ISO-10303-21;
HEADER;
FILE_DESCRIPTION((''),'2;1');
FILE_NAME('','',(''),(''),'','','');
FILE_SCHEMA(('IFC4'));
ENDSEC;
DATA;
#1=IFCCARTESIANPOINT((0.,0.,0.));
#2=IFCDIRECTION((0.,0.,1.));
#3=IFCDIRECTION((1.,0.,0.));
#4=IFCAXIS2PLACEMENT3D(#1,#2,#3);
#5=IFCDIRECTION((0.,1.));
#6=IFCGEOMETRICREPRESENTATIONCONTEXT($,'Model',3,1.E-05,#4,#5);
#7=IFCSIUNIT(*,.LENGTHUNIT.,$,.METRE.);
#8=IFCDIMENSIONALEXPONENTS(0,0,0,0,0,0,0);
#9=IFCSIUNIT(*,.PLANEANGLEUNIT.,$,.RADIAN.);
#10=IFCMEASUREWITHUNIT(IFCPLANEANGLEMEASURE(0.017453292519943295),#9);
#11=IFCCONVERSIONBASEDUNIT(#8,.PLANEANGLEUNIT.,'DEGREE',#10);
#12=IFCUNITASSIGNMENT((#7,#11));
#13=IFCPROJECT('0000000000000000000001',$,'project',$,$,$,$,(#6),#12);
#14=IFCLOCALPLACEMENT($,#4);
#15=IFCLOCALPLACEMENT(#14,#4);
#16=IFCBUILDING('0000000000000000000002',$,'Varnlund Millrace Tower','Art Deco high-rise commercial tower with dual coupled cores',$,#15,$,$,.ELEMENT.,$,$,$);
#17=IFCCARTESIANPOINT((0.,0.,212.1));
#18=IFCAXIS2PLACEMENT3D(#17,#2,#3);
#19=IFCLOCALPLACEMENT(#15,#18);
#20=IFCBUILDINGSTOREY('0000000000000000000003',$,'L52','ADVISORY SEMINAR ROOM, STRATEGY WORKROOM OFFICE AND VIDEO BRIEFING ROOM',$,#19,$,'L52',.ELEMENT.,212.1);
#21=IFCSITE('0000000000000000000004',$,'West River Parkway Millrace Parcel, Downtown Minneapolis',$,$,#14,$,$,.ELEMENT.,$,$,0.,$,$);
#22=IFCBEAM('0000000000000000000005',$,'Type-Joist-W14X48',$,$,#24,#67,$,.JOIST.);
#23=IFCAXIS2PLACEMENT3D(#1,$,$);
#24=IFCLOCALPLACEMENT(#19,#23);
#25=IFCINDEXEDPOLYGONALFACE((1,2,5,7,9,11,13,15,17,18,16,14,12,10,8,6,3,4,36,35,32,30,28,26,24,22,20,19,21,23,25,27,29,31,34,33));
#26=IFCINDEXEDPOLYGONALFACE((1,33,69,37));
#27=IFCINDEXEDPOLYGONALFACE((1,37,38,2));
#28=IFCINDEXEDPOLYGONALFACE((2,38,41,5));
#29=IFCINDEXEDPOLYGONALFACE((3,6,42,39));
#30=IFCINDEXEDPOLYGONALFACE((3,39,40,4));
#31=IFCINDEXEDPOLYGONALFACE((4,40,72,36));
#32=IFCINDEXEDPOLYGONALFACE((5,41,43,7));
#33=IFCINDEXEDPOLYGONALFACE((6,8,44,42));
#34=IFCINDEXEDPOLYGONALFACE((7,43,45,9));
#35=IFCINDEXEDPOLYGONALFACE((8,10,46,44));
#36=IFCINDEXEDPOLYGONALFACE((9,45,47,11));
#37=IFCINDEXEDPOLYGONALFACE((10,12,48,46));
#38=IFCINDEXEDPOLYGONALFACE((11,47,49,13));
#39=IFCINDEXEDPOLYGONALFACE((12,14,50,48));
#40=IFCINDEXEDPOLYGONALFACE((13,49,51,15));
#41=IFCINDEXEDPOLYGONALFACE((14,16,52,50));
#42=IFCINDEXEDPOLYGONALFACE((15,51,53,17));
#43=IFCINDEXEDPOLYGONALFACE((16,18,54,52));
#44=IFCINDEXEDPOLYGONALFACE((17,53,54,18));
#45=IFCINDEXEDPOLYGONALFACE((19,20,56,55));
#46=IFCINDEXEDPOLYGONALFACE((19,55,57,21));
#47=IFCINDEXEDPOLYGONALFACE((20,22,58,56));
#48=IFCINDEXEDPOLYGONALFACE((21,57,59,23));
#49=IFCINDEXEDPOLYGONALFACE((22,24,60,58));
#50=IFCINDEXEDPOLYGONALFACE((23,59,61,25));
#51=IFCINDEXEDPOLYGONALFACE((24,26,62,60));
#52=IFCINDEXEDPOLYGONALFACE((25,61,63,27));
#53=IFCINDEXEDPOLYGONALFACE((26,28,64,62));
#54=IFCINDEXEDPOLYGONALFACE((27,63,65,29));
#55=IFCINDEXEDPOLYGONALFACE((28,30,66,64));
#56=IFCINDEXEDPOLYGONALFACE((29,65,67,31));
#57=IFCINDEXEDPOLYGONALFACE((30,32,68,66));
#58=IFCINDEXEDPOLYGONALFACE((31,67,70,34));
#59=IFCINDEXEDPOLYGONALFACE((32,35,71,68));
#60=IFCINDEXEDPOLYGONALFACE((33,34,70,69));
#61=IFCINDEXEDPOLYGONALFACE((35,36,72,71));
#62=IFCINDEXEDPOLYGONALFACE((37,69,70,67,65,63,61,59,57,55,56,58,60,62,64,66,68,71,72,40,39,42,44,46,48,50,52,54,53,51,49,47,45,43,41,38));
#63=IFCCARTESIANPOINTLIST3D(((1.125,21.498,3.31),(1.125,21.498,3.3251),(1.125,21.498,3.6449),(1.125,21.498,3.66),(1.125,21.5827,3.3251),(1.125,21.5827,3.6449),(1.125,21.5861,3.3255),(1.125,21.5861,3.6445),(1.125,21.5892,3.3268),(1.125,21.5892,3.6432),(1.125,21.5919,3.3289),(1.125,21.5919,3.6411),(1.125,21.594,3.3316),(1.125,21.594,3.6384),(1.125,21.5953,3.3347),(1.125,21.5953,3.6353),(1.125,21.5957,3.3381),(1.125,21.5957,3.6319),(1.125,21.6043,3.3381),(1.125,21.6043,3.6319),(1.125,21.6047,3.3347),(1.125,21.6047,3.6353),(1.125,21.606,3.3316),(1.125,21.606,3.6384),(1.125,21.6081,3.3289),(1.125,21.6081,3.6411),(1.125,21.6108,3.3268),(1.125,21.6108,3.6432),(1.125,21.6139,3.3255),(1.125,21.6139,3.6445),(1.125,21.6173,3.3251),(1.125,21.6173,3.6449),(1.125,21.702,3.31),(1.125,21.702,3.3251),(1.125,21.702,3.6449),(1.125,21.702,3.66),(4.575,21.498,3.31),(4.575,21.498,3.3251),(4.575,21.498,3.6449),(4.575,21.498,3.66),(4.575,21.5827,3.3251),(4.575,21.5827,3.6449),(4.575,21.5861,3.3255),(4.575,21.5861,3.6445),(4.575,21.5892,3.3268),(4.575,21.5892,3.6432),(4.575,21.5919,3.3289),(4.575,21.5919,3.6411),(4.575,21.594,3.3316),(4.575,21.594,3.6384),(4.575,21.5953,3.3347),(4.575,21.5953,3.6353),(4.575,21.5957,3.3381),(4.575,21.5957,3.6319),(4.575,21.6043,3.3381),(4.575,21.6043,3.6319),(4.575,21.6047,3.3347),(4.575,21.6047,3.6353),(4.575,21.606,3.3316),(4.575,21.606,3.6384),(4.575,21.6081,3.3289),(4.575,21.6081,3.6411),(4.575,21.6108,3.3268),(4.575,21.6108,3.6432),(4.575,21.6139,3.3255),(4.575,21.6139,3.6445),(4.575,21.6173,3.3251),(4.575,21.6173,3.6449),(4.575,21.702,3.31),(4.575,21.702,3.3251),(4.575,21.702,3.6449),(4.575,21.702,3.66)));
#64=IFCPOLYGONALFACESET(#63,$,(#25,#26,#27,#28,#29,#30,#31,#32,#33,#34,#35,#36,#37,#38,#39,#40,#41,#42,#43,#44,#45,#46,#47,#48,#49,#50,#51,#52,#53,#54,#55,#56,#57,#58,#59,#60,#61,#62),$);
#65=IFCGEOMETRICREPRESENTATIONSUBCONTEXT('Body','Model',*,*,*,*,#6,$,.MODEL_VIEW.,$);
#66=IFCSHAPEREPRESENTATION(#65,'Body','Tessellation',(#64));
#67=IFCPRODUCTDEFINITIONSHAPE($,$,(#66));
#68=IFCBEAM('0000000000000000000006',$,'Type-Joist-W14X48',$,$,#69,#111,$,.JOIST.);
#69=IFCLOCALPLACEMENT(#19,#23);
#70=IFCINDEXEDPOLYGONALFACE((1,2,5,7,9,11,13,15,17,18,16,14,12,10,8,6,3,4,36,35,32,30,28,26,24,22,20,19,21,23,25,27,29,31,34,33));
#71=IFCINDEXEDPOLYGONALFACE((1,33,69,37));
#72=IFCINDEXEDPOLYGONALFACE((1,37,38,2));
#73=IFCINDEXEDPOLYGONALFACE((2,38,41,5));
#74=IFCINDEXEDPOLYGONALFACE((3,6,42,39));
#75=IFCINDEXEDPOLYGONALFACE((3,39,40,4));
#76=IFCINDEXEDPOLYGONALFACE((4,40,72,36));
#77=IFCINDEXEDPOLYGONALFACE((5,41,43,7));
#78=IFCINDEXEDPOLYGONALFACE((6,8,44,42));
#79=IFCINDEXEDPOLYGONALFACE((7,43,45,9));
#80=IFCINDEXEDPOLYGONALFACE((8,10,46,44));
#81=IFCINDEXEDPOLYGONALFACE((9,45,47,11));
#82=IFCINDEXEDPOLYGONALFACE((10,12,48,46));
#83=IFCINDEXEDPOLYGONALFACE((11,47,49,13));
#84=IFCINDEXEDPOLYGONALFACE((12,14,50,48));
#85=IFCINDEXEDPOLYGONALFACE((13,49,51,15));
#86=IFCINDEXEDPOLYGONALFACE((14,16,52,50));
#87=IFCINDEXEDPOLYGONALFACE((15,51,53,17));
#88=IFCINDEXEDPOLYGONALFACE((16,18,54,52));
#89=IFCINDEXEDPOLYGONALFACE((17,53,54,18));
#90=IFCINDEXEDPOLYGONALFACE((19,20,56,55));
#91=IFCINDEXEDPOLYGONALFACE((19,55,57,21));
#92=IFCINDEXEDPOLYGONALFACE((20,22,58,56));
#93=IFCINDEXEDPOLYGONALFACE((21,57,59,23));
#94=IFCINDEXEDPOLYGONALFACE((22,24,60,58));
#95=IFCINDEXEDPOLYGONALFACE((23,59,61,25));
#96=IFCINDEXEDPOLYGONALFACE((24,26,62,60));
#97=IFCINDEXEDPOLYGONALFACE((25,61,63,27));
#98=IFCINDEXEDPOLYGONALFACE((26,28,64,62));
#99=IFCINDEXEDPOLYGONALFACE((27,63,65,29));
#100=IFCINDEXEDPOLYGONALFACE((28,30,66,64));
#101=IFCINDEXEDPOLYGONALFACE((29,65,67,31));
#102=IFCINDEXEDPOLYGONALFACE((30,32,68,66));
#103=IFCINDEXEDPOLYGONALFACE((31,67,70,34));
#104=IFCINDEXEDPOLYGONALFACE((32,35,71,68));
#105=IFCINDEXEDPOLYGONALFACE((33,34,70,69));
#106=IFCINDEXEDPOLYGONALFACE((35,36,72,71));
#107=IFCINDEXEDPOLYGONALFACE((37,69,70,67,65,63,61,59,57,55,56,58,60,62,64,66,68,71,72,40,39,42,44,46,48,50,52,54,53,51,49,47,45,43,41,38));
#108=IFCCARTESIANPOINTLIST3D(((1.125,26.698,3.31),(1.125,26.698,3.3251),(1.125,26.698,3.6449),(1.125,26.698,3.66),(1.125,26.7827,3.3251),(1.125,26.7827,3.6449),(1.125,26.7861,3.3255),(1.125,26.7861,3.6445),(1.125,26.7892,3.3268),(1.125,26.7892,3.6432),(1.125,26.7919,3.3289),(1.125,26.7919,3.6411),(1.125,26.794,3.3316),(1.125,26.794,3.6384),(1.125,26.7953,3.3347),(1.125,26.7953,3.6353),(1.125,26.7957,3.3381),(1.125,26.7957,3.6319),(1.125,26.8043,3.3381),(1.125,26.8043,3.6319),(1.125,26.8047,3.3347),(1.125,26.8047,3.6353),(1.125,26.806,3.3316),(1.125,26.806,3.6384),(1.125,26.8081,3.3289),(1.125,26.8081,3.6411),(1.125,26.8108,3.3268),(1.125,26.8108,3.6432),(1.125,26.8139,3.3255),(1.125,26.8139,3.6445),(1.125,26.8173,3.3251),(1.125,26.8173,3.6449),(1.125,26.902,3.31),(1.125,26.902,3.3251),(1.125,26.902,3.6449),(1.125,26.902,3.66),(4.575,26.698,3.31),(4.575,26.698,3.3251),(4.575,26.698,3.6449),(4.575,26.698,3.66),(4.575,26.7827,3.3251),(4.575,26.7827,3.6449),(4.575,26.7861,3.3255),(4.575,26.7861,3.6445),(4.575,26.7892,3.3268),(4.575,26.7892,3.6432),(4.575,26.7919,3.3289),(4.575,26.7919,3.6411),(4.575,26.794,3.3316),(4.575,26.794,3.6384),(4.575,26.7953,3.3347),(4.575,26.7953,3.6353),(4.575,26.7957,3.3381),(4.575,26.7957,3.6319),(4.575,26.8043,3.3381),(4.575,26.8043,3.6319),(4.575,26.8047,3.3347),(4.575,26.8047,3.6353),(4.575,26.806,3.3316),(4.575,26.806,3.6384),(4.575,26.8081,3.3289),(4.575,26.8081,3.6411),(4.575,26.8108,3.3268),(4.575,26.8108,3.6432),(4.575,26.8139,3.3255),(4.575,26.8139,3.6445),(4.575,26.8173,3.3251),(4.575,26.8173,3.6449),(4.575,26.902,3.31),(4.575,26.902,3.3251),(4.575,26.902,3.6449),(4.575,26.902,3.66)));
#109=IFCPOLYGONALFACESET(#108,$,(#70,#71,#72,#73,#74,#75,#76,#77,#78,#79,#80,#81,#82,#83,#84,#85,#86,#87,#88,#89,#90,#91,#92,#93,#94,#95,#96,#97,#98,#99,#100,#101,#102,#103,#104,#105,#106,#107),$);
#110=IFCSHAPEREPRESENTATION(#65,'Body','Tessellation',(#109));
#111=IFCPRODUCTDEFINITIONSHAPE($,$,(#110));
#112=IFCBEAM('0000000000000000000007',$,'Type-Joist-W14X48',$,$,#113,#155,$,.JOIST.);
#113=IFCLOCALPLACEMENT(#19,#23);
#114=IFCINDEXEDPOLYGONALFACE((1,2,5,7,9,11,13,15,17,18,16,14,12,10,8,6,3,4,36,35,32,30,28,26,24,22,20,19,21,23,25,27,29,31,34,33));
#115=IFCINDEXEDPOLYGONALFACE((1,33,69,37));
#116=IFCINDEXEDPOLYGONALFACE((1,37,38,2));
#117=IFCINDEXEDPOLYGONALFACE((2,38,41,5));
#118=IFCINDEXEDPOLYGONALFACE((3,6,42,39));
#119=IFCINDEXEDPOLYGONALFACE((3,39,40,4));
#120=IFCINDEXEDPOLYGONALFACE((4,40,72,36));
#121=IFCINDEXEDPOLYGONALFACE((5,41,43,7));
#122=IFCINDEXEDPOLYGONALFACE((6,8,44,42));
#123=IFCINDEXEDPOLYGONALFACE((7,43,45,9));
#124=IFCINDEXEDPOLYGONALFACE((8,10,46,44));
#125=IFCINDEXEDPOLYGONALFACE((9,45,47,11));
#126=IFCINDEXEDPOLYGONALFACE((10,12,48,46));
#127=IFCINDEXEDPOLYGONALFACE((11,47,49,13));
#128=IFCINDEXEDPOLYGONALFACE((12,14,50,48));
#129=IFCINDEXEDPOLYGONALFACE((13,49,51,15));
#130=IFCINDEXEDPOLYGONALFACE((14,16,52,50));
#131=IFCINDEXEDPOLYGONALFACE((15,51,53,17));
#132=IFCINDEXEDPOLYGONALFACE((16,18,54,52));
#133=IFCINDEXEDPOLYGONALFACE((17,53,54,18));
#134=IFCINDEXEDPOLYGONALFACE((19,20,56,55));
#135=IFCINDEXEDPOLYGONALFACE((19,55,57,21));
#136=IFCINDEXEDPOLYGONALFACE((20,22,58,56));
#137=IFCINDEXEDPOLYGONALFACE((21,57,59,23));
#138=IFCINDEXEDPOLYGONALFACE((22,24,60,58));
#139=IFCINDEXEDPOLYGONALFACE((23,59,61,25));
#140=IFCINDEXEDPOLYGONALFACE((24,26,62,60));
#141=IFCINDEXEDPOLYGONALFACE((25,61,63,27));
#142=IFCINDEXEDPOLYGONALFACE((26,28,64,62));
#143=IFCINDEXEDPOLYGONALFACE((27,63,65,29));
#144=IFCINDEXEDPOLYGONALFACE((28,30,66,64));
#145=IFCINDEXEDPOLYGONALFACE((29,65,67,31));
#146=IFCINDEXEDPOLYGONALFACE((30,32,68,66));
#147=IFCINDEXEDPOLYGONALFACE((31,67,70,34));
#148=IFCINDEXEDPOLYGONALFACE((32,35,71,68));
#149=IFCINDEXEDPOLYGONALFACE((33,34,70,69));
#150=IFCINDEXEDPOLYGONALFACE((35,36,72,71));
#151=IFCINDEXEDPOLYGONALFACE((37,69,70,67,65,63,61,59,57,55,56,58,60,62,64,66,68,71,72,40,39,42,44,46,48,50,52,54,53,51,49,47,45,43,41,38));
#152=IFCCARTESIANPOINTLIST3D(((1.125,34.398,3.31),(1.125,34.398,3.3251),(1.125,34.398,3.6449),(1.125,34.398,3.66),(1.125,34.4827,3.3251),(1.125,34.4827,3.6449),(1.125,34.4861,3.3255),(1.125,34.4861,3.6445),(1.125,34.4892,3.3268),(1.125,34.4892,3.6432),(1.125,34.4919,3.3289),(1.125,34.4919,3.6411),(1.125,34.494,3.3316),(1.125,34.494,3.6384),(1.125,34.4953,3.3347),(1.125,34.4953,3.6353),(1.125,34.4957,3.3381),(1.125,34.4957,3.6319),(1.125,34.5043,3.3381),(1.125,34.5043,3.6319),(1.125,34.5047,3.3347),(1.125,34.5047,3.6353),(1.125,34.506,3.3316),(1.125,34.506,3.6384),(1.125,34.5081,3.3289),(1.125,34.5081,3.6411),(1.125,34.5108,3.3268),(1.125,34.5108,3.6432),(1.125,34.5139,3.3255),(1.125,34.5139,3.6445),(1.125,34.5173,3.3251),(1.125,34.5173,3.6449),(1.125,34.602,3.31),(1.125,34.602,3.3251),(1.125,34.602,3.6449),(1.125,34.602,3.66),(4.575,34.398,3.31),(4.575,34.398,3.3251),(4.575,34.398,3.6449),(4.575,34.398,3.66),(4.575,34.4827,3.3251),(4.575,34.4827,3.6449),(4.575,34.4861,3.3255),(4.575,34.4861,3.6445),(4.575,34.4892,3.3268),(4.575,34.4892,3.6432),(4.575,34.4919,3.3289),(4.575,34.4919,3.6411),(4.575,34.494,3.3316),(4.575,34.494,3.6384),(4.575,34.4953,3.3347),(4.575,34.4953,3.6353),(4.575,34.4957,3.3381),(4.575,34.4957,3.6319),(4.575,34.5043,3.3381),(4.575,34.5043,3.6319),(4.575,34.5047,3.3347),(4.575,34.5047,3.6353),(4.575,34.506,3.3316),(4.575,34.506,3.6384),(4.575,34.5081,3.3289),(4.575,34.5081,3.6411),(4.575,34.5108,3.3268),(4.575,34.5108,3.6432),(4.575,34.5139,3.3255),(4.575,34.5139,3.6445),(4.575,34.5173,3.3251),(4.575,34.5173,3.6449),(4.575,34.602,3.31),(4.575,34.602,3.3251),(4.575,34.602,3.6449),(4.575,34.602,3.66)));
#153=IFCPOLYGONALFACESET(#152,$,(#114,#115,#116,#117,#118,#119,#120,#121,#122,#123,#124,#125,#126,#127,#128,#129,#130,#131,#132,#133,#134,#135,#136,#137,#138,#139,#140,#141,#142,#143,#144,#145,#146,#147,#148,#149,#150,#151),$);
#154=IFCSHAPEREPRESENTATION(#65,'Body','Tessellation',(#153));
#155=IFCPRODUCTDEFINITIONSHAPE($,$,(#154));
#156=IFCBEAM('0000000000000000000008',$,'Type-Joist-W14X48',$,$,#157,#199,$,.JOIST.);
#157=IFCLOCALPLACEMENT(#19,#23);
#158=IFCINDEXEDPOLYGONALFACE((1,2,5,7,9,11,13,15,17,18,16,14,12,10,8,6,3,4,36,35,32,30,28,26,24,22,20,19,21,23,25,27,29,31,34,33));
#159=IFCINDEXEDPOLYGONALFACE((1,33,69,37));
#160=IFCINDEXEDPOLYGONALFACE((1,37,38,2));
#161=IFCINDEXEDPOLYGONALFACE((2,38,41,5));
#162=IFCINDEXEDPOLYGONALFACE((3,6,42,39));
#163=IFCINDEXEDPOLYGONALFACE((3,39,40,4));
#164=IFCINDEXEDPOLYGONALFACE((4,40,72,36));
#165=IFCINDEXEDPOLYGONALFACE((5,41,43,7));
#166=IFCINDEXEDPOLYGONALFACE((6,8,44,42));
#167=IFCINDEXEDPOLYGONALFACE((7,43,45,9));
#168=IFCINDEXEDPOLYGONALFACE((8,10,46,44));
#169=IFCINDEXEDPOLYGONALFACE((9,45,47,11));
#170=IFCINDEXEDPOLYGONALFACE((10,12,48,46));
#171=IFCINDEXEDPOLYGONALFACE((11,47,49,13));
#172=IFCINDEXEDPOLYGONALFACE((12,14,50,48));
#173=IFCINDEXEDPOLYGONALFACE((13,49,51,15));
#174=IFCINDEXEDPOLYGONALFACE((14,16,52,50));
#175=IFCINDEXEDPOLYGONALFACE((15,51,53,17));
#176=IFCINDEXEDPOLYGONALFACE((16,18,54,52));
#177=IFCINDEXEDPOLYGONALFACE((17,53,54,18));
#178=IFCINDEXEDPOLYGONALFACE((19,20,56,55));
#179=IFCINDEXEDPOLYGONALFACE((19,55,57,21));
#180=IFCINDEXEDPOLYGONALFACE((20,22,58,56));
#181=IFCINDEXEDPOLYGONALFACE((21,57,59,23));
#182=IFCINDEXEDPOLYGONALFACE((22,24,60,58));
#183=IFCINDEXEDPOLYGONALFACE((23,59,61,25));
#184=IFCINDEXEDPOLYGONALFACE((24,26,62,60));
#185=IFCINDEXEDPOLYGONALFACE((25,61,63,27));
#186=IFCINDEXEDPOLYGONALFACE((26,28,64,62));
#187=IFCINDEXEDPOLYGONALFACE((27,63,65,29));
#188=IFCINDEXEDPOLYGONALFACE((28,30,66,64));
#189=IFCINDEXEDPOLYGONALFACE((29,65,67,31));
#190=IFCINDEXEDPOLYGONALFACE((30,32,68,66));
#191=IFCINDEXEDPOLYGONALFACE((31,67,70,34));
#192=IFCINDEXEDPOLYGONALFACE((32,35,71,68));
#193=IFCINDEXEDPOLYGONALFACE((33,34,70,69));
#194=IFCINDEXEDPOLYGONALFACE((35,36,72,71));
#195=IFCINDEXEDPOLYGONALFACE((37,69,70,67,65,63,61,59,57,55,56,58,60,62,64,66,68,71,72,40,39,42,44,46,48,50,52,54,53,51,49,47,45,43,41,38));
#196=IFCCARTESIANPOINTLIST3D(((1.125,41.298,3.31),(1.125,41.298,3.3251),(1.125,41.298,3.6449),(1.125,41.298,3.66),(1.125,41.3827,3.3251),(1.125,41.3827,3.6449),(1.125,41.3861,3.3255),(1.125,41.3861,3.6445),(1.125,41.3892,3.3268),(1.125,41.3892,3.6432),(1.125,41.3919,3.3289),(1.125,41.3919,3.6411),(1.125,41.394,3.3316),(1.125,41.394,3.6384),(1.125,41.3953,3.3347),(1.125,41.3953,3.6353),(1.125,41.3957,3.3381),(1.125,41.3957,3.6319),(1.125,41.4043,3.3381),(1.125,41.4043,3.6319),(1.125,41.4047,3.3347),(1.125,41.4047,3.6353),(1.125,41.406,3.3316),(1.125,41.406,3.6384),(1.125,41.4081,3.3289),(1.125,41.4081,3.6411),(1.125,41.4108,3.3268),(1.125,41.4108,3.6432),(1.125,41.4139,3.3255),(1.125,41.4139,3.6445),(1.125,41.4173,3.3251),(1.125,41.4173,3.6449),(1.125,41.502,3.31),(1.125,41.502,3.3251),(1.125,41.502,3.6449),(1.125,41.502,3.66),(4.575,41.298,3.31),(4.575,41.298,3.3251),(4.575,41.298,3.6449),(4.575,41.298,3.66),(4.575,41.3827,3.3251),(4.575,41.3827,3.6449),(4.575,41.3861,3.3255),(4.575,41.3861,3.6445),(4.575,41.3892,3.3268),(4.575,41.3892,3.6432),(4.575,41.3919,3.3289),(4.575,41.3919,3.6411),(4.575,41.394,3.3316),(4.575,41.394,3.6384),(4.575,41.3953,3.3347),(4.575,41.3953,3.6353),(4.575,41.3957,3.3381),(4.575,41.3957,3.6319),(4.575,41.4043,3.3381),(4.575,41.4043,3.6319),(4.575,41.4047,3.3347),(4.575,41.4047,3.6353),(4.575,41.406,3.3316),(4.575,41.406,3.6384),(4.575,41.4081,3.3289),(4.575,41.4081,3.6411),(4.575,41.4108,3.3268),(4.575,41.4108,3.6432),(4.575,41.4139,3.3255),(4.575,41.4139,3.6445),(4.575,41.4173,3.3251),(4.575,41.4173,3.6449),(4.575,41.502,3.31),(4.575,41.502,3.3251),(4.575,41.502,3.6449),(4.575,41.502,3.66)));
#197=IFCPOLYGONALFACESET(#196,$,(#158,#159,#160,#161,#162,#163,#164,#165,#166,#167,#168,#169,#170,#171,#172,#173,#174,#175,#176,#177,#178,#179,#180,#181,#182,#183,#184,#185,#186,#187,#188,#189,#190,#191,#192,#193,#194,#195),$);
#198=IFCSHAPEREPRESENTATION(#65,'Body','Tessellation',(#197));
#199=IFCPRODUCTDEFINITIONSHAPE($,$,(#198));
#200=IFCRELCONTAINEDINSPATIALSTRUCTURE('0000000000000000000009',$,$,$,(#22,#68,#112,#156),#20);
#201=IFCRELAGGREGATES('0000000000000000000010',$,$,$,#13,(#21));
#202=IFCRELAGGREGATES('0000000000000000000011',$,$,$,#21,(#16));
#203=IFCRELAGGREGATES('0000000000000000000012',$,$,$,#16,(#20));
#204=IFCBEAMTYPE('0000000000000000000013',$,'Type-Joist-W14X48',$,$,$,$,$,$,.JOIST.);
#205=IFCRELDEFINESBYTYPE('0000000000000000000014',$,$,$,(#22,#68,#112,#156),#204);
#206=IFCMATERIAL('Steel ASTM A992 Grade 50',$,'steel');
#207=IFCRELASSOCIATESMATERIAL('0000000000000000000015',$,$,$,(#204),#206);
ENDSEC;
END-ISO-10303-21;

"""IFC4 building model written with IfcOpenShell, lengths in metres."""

from ifc_helpers import new_model, entity, si_unit, converted_unit, direction, frame, origin_with_axes, origin_2d_with_axis, place, context, subcontext, project, spatial, i_section, extrude, material, material_profile, profile_set, type_object, element, save


model = new_model("IFC4")

# Units and contexts
model_context = context("Model", 3, precision=1e-05, world=origin_with_axes(), true_north=direction((0.0, 1.0)))
body_context = subcontext(model_context, "Body", "Model", "MODEL_VIEW")
ifc_project = project(units=[si_unit("LENGTHUNIT", "METRE"), converted_unit("PLANEANGLEUNIT", "DEGREE", entity("IfcPlaneAngleMeasure", 0.017453292519943295), si_unit("PLANEANGLEUNIT", "RADIAN"), dimensions=[0, 0, 0, 0, 0, 0, 0])], contexts=[model_context])

# Site, building, storey
site_placement = place(None, origin_with_axes())
site = spatial("IfcSite", under=ifc_project, at=site_placement, Name="West River Parkway Millrace Parcel, Downtown Minneapolis", CompositionType="ELEMENT", RefElevation=0.0)
building_placement = place(site_placement, origin_with_axes())
building = spatial("IfcBuilding", under=site, at=building_placement, Name="Varnlund Millrace Tower", Description="Art Deco high-rise commercial tower with dual coupled cores", CompositionType="ELEMENT")
storey_placement = place(building_placement, frame((0.0, 0.0, 212.1), z_axis=(0.0, 0.0, 1.0), x_axis=(1.0, 0.0, 0.0)))
storey = spatial("IfcBuildingStorey", under=building, at=storey_placement, Name="L52", Description="ADVISORY SEMINAR ROOM, STRATEGY WORKROOM OFFICE AND VIDEO BRIEFING ROOM", LongName="L52", CompositionType="ELEMENT", Elevation=212.1)

# Beams
ifc_material_1 = material(Name="Steel ASTM A992 Grade 50", Category="steel")
ifc_material_profile_1 = material_profile(ifc_material_1, i_section(OverallWidth=0.204, OverallDepth=0.35, WebThickness=0.0086, FlangeThickness=0.0151, FilletRadius=0.013, at=origin_2d_with_axis()), Name="Steel ASTM A992 Grade 50")
ifc_profile_set_1 = profile_set([ifc_material_profile_1], Name="Steel ASTM A992 Grade 50")
beam_type_1 = type_object("IfcBeamType", Name="Type-Joist-W14X48", PredefinedType="JOIST", material=ifc_profile_set_1)
for number, where, z_axis, x_axis, name in (
    (1, (1.125, 21.6, 3.485), (1.0, 0.0, 0.0), (0.0, 1.0, 0.0), "Type-Joist-W14X48"),
    (2, (1.125, 26.8, 3.485), (1.0, 0.0, 0.0), (0.0, 1.0, 0.0), "Type-Joist-W14X48"),
    (3, (1.125, 34.5, 3.485), (1.0, 0.0, 0.0), (0.0, 1.0, 0.0), "Type-Joist-W14X48"),
    (4, (1.125, 41.4, 3.485), (1.0, 0.0, 0.0), (0.0, 1.0, 0.0), "Type-Joist-W14X48"),
):
    element("IfcBeam", number, at=place(storey_placement, frame(where, z_axis=z_axis, x_axis=x_axis)), inside=storey, type_object=beam_type_1, Name=name, PredefinedType="JOIST", context=body_context, shape_type="SweptSolid", body=[
        extrude(i_section(OverallWidth=0.204, OverallDepth=0.35, WebThickness=0.0086, FlangeThickness=0.0151, FilletRadius=0.013, at=origin_2d_with_axis()), origin_with_axes(), (0.0, 0.0, 1.0), 3.45),
    ])

save(model, "model.ifc")
